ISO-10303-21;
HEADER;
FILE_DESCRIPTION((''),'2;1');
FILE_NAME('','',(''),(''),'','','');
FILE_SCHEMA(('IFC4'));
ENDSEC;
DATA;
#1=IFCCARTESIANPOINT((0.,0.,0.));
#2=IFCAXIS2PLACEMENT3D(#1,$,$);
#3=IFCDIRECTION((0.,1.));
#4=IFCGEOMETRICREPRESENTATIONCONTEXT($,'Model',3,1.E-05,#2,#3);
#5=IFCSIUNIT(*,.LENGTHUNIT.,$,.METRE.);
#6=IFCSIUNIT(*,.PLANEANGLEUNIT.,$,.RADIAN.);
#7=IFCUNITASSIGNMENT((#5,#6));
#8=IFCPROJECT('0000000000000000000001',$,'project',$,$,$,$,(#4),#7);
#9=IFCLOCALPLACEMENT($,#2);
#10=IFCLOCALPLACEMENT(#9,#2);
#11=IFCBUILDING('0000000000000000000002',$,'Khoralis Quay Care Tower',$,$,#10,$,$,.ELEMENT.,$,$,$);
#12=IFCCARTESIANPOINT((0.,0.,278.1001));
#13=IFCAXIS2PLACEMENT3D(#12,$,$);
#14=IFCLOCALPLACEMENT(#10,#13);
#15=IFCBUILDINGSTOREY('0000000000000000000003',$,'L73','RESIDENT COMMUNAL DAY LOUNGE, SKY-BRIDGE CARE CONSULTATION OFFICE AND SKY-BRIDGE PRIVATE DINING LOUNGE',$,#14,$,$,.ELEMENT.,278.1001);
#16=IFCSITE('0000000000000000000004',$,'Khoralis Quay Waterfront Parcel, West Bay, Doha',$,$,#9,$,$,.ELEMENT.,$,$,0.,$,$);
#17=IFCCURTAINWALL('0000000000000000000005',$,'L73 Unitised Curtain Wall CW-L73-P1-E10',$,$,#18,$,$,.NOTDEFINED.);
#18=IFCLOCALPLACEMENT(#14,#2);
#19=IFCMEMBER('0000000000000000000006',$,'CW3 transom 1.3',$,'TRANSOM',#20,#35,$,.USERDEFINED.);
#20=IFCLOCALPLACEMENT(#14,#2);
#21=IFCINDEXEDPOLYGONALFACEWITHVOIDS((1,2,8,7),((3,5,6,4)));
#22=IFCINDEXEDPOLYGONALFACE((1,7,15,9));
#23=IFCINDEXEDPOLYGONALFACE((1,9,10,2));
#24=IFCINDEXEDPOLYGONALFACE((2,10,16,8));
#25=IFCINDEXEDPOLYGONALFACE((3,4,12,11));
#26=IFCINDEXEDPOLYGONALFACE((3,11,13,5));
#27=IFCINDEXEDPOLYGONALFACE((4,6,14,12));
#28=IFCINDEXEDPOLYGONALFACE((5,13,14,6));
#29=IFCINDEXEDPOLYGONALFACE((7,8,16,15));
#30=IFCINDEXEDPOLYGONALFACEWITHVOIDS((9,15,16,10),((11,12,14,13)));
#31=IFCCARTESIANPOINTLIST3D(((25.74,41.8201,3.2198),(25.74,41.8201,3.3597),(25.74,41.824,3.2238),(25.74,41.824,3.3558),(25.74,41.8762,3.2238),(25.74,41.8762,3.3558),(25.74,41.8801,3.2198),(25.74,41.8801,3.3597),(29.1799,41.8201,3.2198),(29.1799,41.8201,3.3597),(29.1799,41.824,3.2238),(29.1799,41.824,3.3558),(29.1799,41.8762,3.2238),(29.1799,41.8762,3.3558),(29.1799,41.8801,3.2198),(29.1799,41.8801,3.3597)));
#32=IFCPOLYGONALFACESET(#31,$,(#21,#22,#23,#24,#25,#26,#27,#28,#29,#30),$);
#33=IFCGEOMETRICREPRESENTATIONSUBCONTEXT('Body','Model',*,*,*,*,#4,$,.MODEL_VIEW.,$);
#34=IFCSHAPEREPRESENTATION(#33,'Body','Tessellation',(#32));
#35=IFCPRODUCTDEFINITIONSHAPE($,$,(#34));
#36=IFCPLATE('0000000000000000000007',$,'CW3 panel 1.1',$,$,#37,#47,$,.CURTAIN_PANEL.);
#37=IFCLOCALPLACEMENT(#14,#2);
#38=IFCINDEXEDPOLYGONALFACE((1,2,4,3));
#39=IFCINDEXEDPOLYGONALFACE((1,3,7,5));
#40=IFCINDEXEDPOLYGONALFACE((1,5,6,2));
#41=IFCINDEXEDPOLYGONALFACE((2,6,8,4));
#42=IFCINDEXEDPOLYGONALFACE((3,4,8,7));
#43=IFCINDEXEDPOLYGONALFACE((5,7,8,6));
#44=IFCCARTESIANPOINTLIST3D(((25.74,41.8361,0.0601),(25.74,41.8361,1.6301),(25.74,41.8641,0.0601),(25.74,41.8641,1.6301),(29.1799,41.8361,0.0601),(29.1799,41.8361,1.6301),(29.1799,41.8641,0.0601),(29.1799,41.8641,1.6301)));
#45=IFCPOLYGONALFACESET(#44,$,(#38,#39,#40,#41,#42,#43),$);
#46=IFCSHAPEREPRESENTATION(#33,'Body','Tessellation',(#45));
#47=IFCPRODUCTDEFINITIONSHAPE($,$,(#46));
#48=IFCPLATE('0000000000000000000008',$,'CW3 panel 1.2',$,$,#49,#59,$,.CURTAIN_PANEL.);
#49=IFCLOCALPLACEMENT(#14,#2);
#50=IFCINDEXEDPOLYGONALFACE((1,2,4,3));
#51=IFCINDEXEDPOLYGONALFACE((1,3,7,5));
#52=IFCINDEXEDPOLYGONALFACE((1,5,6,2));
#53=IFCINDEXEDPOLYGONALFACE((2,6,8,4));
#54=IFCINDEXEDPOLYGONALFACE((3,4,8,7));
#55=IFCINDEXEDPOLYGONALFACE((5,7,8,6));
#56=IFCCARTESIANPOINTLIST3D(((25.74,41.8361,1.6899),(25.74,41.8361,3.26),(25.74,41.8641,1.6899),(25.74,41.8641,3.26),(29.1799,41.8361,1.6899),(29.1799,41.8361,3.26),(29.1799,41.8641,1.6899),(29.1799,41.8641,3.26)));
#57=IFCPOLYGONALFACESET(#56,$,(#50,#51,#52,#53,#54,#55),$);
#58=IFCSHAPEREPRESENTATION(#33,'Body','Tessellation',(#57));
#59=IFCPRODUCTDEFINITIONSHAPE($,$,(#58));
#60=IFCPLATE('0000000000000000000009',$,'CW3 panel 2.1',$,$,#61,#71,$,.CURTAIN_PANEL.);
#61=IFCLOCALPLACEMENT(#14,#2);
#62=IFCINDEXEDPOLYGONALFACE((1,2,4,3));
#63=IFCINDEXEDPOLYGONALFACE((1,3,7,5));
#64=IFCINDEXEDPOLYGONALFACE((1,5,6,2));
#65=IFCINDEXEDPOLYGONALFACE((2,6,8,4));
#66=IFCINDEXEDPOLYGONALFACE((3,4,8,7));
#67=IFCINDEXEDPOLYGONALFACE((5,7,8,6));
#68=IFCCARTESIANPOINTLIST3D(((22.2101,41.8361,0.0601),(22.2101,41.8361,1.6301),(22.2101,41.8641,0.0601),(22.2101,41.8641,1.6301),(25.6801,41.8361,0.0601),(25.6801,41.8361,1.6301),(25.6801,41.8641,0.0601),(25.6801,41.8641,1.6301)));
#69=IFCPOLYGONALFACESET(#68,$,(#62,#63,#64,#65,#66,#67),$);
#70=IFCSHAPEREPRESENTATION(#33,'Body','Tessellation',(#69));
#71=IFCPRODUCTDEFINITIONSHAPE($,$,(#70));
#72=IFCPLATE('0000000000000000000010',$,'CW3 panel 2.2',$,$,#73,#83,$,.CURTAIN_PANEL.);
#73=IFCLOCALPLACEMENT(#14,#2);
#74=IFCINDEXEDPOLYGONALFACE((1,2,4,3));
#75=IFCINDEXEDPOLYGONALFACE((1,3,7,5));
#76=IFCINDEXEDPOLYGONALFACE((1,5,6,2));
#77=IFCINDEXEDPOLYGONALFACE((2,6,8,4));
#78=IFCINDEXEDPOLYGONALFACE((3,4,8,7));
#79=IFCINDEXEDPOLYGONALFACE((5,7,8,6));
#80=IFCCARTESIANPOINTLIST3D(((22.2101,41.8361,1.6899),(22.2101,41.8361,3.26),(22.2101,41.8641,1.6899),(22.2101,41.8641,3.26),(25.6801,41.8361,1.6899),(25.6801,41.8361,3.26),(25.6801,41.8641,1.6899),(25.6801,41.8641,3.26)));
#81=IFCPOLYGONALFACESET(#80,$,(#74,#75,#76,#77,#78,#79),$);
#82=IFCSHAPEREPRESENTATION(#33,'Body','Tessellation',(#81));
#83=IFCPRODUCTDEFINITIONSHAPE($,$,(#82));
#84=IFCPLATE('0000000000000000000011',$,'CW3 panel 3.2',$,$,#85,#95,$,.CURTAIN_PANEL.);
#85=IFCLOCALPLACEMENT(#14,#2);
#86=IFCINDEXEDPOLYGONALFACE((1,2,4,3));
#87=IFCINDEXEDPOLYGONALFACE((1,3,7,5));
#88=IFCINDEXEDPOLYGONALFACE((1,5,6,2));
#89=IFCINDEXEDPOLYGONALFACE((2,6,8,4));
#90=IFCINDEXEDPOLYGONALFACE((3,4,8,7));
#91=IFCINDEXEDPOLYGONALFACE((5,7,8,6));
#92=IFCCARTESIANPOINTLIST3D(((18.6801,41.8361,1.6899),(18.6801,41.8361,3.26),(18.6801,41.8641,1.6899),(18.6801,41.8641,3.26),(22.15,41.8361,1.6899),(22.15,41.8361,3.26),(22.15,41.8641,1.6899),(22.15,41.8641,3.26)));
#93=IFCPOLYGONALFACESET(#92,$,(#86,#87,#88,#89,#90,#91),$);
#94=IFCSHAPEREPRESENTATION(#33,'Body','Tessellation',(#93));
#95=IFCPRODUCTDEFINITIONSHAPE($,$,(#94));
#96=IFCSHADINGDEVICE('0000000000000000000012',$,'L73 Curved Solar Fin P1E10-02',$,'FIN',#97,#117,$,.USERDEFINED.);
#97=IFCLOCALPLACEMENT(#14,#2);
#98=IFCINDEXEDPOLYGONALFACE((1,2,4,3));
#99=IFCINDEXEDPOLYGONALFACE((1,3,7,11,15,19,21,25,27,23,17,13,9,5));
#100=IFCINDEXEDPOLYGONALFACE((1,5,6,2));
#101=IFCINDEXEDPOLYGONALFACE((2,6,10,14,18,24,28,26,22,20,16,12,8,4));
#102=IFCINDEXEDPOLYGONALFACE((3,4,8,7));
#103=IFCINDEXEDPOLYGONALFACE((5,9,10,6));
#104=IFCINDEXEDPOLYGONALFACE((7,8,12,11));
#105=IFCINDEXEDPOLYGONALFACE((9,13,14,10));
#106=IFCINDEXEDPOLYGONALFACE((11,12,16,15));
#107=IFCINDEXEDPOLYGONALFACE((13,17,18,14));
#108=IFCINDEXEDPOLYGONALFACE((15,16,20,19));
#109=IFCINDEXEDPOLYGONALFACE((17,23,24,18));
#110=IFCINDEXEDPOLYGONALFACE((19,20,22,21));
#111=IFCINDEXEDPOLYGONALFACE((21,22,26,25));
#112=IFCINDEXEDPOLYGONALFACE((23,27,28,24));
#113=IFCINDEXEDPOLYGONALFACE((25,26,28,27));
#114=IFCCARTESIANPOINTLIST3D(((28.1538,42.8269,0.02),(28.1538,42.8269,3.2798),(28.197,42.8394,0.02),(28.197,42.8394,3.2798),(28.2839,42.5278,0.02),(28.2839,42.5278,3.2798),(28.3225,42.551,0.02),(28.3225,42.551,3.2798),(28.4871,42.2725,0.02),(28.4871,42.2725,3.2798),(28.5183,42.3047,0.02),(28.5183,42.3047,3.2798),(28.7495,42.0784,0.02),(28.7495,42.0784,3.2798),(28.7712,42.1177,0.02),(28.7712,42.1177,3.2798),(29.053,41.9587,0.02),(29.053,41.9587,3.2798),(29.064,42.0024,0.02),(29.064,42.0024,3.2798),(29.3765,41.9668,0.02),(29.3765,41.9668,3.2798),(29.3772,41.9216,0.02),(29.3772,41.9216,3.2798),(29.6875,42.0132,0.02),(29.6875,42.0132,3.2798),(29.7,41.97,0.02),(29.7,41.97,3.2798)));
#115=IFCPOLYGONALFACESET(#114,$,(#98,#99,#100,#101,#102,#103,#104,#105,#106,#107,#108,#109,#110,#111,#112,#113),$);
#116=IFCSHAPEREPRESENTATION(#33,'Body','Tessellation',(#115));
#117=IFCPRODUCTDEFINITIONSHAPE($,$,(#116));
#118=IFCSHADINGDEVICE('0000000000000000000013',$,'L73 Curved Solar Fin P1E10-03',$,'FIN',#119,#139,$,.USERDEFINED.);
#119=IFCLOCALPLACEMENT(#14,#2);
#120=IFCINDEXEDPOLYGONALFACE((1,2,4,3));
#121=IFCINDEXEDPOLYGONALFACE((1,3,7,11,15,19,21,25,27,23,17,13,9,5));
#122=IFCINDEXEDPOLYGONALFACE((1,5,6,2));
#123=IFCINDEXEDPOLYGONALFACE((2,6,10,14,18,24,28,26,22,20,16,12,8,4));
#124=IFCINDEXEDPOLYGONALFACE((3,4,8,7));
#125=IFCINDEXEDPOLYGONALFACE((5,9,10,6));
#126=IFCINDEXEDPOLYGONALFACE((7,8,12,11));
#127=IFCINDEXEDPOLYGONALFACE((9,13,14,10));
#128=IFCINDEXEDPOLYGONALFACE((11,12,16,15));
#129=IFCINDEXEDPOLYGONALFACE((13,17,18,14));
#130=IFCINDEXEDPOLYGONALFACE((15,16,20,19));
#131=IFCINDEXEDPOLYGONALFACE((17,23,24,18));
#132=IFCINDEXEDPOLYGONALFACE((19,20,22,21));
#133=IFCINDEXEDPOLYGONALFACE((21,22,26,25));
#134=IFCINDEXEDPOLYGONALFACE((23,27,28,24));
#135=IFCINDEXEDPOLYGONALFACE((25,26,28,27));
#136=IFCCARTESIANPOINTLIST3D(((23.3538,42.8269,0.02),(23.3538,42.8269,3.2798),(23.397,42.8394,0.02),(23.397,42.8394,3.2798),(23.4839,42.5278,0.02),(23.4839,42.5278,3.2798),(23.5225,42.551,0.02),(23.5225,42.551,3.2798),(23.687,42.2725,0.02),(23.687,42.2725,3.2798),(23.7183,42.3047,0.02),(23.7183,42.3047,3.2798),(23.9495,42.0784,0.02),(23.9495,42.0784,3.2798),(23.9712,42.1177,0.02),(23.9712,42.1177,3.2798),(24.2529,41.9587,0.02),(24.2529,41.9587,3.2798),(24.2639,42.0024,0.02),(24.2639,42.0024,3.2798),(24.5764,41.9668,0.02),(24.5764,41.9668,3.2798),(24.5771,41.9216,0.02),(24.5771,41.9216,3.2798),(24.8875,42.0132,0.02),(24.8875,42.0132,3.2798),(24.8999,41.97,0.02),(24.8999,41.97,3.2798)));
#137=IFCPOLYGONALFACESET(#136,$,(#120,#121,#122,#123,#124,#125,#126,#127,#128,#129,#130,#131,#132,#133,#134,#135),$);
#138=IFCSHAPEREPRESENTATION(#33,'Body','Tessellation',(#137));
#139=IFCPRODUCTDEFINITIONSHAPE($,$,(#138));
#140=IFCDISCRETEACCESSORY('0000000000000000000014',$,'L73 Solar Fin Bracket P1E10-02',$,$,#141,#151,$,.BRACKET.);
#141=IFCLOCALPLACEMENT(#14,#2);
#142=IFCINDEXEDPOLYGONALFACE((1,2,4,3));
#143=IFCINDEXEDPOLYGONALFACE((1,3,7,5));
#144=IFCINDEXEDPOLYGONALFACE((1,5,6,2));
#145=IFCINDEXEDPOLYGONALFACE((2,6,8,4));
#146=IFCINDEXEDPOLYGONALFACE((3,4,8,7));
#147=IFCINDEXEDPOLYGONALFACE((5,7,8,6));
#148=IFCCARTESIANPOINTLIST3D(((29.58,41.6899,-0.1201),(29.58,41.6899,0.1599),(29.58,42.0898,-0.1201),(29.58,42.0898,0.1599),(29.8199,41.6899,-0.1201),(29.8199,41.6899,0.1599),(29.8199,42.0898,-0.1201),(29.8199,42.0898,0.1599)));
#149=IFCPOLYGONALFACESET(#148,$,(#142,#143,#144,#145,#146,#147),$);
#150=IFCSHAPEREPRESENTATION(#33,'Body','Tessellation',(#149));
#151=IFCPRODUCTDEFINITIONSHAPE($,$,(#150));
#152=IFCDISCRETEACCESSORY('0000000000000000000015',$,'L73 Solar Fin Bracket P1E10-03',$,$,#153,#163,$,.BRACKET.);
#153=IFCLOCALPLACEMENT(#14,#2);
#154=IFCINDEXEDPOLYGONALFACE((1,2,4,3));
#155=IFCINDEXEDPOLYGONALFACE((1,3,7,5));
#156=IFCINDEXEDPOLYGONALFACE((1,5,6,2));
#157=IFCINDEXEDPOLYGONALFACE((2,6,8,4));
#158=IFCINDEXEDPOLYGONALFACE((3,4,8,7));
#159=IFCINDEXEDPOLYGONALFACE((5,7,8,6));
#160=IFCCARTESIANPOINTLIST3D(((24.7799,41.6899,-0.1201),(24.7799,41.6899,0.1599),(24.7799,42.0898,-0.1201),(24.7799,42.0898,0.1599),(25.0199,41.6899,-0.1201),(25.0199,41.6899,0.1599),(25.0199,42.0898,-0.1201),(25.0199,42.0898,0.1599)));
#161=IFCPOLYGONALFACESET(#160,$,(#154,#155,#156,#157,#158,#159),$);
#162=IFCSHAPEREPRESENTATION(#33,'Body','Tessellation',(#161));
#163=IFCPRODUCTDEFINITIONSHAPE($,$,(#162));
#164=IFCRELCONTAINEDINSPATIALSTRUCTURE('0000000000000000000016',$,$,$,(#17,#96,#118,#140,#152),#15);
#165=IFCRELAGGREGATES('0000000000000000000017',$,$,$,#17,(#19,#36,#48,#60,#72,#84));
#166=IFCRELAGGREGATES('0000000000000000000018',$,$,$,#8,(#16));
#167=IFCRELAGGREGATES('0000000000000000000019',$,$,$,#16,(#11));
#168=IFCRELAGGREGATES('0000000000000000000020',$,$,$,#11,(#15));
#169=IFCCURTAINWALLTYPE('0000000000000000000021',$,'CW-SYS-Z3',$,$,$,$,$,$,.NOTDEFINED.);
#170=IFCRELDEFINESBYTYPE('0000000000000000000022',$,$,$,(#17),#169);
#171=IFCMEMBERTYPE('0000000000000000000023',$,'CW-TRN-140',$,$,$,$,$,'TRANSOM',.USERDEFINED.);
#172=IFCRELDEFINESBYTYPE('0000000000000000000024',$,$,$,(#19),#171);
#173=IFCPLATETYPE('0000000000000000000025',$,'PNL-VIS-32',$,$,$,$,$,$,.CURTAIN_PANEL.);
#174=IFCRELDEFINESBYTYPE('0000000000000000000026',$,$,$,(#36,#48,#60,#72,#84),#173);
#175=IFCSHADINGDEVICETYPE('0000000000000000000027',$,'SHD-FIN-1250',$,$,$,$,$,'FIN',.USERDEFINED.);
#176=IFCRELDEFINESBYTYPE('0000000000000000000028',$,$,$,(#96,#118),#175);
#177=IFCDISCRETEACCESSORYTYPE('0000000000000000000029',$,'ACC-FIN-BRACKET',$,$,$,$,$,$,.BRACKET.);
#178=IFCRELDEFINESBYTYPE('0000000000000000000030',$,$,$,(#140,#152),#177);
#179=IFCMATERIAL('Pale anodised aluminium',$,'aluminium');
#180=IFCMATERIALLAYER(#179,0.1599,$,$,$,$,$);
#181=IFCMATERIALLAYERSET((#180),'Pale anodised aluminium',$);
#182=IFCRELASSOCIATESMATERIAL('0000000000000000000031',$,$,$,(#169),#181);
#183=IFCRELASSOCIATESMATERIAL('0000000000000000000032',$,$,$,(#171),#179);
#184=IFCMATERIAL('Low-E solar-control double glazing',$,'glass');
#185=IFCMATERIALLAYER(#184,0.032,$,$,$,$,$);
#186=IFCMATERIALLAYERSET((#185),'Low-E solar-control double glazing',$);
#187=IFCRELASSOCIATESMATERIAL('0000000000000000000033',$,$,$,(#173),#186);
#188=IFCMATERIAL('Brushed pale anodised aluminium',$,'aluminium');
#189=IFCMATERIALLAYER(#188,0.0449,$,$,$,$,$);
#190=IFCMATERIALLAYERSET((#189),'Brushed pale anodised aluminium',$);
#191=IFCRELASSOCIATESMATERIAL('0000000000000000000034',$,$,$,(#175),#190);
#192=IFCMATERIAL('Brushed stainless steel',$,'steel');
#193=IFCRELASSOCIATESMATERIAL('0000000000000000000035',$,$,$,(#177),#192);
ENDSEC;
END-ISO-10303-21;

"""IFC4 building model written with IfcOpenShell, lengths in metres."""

from ifc_helpers import new_model, si_unit, direction, frame, origin, origin_2d, place, context, subcontext, project, spatial, polyline, rectangle, hollow_rectangle, outline, extrude, source, transform, mapped, material, layer, layer_set, material_profile, profile_set, type_object, element, aggregate, save


model = new_model("IFC4")

# Units and contexts
model_context = context("Model", 3, precision=1e-05, world=origin(), true_north=direction((0.0, 1.0)))
body_context = subcontext(model_context, "Body", "Model", "MODEL_VIEW")
ifc_project = project(units=[si_unit("LENGTHUNIT", "METRE"), si_unit("PLANEANGLEUNIT", "RADIAN")], contexts=[model_context])

# Site, building, storey
site_placement = place(None, origin())
site = spatial("IfcSite", under=ifc_project, at=site_placement, Name="Khoralis Quay Waterfront Parcel, West Bay, Doha", CompositionType="ELEMENT", RefElevation=0.0)
building_placement = place(site_placement, origin())
building = spatial("IfcBuilding", under=site, at=building_placement, Name="Khoralis Quay Care Tower", CompositionType="ELEMENT")
storey_placement = place(building_placement, frame((0.0, 0.0, 278.1001)))
storey = spatial("IfcBuildingStorey", under=building, at=storey_placement, Name="L73", Description="RESIDENT COMMUNAL DAY LOUNGE, SKY-BRIDGE CARE CONSULTATION OFFICE AND SKY-BRIDGE PRIVATE DINING LOUNGE", CompositionType="ELEMENT", Elevation=278.1001)

# Curtain wall, member, plates
ifc_material_1 = material(Name="Pale anodised aluminium", Category="aluminium")
ifc_layer_1 = layer(ifc_material_1, 0.1599)
ifc_layer_set_1 = layer_set([ifc_layer_1], Name="Pale anodised aluminium")
curtain_wall_type = type_object("IfcCurtainWallType", Name="CW-SYS-Z3", PredefinedType="NOTDEFINED", material=ifc_layer_set_1)
curtain_wall_placement = place(storey_placement, origin())
curtain_wall = element("IfcCurtainWall", 1, at=curtain_wall_placement, inside=storey, type_object=curtain_wall_type, Name="L73 Unitised Curtain Wall CW-L73-P1-E10", PredefinedType="NOTDEFINED")
ifc_material_profile_1 = material_profile(ifc_material_1, hollow_rectangle(XDim=0.0601, YDim=0.1399, WallThickness=0.0039, at=origin_2d()), Name="Pale anodised aluminium")
ifc_profile_set_1 = profile_set([ifc_material_profile_1], Name="Pale anodised aluminium")
member_type_1 = type_object("IfcMemberType", Name="CW-TRN-140", ElementType="TRANSOM", PredefinedType="USERDEFINED", material=ifc_profile_set_1)
shared_shape_1 = source(origin(), body_context, "Body", "SweptSolid", [
    extrude(hollow_rectangle(XDim=0.0601, YDim=0.1399, WallThickness=0.0039, at=origin_2d()), origin(), (0.0, 0.0, 1.0), 3.4399),
])
member_1_placement = place(storey_placement, frame((29.1799, 41.8501, 3.2898), z_axis=(-1.0, 0.0, 0.0), x_axis=(0.0, -1.0, 0.0)))
member_1 = element("IfcMember", 2, at=member_1_placement, type_object=member_type_1, Name="CW3 transom 1.3", ObjectType="TRANSOM", PredefinedType="USERDEFINED", context=body_context, shape_type="MappedRepresentation", body=[
    mapped(shared_shape_1, transform((0.0, 0.0, 0.0), scale=1.0)),
])
ifc_material_2 = material(Name="Low-E solar-control double glazing", Category="glass")
ifc_layer_2 = layer(ifc_material_2, 0.032)
ifc_layer_set_2 = layer_set([ifc_layer_2], Name="Low-E solar-control double glazing")
plate_type = type_object("IfcPlateType", Name="PNL-VIS-32", PredefinedType="CURTAIN_PANEL", material=ifc_layer_set_2)
shared_shape_2 = source(origin(), body_context, "Body", "SweptSolid", [
    extrude(rectangle(XDim=3.4399, YDim=0.0281, at=origin_2d()), origin(), (0.0, 0.0, 1.0), 1.5701),
])
plate_1_placement = place(storey_placement, frame((27.46, 41.8501, 0.0601), z_axis=(0.0, 0.0, 1.0), x_axis=(-1.0, 0.0, 0.0)))
plate_1 = element("IfcPlate", 3, at=plate_1_placement, type_object=plate_type, Name="CW3 panel 1.1", PredefinedType="CURTAIN_PANEL", context=body_context, shape_type="MappedRepresentation", body=[
    mapped(shared_shape_2, transform((0.0, 0.0, 0.0), scale=1.0)),
])
plate_2_placement = place(storey_placement, frame((27.46, 41.8501, 1.6899), z_axis=(0.0, 0.0, 1.0), x_axis=(-1.0, 0.0, 0.0)))
plate_2 = element("IfcPlate", 4, at=plate_2_placement, type_object=plate_type, Name="CW3 panel 1.2", PredefinedType="CURTAIN_PANEL", context=body_context, shape_type="MappedRepresentation", body=[
    mapped(shared_shape_2, transform((0.0, 0.0, 0.0), scale=1.0)),
])
shared_shape_3 = source(origin(), body_context, "Body", "SweptSolid", [
    extrude(rectangle(XDim=3.47, YDim=0.0281, at=origin_2d()), origin(), (0.0, 0.0, 1.0), 1.5701),
])
plate_3_placement = place(storey_placement, frame((23.9451, 41.8501, 0.0601), z_axis=(0.0, 0.0, 1.0), x_axis=(-1.0, 0.0, 0.0)))
plate_3 = element("IfcPlate", 5, at=plate_3_placement, type_object=plate_type, Name="CW3 panel 2.1", PredefinedType="CURTAIN_PANEL", context=body_context, shape_type="MappedRepresentation", body=[
    mapped(shared_shape_3, transform((0.0, 0.0, 0.0), scale=1.0)),
])
plate_4_placement = place(storey_placement, frame((23.9451, 41.8501, 1.6899), z_axis=(0.0, 0.0, 1.0), x_axis=(-1.0, 0.0, 0.0)))
plate_4 = element("IfcPlate", 6, at=plate_4_placement, type_object=plate_type, Name="CW3 panel 2.2", PredefinedType="CURTAIN_PANEL", context=body_context, shape_type="MappedRepresentation", body=[
    mapped(shared_shape_3, transform((0.0, 0.0, 0.0), scale=1.0)),
])
plate_5_placement = place(storey_placement, frame((20.415, 41.8501, 1.6899), z_axis=(0.0, 0.0, 1.0), x_axis=(-1.0, 0.0, 0.0)))
plate_5 = element("IfcPlate", 7, at=plate_5_placement, type_object=plate_type, Name="CW3 panel 3.2", PredefinedType="CURTAIN_PANEL", context=body_context, shape_type="MappedRepresentation", body=[
    mapped(shared_shape_3, transform((0.0, 0.0, 0.0), scale=1.0)),
])
aggregate(curtain_wall, [member_1, plate_1, plate_2, plate_3, plate_4, plate_5])

# Shading devices
ifc_material_3 = material(Name="Brushed pale anodised aluminium", Category="aluminium")
ifc_layer_3 = layer(ifc_material_3, 0.0449)
ifc_layer_set_3 = layer_set([ifc_layer_3], Name="Brushed pale anodised aluminium")
shading_device_type = type_object("IfcShadingDeviceType", Name="SHD-FIN-1250", ElementType="FIN", PredefinedType="USERDEFINED", material=ifc_layer_set_3)
shared_shape_4 = source(origin(), body_context, "Body", "SweptSolid", [
    extrude(outline(polyline([(0.0, 0.0), (-0.0483, 0.3228), (-0.0112, 0.647), (0.1084, 0.9504), (0.3025, 1.2129), (0.5579, 1.416), (0.8569, 1.5461), (0.8694, 1.5029), (0.5811, 1.3774), (0.3347, 1.1816), (0.1477, 0.9287), (0.0325, 0.636), (-0.0032, 0.3235), (0.0432, 0.0125), (0.0, 0.0)])), origin(), (0.0, 0.0, 1.0), 3.2598),
])
for number, where, z_axis, x_axis, name in (
    (8, (29.7, 41.97, 0.02), (0.0, 0.0, 1.0), (0.0, 1.0, 0.0), "L73 Curved Solar Fin P1E10-02"),
    (9, (24.8999, 41.97, 0.02), (0.0, 0.0, 1.0), (0.0, 1.0, 0.0), "L73 Curved Solar Fin P1E10-03"),
):
    element("IfcShadingDevice", number, at=place(storey_placement, frame(where, z_axis=z_axis, x_axis=x_axis)), inside=storey, type_object=shading_device_type, Name=name, ObjectType="FIN", PredefinedType="USERDEFINED", context=body_context, shape_type="MappedRepresentation", body=[
        mapped(shared_shape_4, transform((0.0, 0.0, 0.0), scale=1.0)),
    ])

# Discrete accessories
ifc_material_4 = material(Name="Brushed stainless steel", Category="steel")
discrete_accessory_type = type_object("IfcDiscreteAccessoryType", Name="ACC-FIN-BRACKET", PredefinedType="BRACKET", material=ifc_material_4)
shared_shape_5 = source(origin(), body_context, "Body", "SweptSolid", [
    extrude(rectangle(XDim=0.3999, YDim=0.24, at=origin_2d()), origin(), (0.0, 0.0, 1.0), 0.28),
])
for number, where, z_axis, x_axis, name in (
    (10, (29.7, 41.8899, -0.1201), (0.0, 0.0, 1.0), (0.0, 1.0, 0.0), "L73 Solar Fin Bracket P1E10-02"),
    (11, (24.8999, 41.8899, -0.1201), (0.0, 0.0, 1.0), (0.0, 1.0, 0.0), "L73 Solar Fin Bracket P1E10-03"),
):
    element("IfcDiscreteAccessory", number, at=place(storey_placement, frame(where, z_axis=z_axis, x_axis=x_axis)), inside=storey, type_object=discrete_accessory_type, Name=name, PredefinedType="BRACKET", context=body_context, shape_type="MappedRepresentation", body=[
        mapped(shared_shape_5, transform((0.0, 0.0, 0.0), scale=1.0)),
    ])

save(model, "model.ifc")
